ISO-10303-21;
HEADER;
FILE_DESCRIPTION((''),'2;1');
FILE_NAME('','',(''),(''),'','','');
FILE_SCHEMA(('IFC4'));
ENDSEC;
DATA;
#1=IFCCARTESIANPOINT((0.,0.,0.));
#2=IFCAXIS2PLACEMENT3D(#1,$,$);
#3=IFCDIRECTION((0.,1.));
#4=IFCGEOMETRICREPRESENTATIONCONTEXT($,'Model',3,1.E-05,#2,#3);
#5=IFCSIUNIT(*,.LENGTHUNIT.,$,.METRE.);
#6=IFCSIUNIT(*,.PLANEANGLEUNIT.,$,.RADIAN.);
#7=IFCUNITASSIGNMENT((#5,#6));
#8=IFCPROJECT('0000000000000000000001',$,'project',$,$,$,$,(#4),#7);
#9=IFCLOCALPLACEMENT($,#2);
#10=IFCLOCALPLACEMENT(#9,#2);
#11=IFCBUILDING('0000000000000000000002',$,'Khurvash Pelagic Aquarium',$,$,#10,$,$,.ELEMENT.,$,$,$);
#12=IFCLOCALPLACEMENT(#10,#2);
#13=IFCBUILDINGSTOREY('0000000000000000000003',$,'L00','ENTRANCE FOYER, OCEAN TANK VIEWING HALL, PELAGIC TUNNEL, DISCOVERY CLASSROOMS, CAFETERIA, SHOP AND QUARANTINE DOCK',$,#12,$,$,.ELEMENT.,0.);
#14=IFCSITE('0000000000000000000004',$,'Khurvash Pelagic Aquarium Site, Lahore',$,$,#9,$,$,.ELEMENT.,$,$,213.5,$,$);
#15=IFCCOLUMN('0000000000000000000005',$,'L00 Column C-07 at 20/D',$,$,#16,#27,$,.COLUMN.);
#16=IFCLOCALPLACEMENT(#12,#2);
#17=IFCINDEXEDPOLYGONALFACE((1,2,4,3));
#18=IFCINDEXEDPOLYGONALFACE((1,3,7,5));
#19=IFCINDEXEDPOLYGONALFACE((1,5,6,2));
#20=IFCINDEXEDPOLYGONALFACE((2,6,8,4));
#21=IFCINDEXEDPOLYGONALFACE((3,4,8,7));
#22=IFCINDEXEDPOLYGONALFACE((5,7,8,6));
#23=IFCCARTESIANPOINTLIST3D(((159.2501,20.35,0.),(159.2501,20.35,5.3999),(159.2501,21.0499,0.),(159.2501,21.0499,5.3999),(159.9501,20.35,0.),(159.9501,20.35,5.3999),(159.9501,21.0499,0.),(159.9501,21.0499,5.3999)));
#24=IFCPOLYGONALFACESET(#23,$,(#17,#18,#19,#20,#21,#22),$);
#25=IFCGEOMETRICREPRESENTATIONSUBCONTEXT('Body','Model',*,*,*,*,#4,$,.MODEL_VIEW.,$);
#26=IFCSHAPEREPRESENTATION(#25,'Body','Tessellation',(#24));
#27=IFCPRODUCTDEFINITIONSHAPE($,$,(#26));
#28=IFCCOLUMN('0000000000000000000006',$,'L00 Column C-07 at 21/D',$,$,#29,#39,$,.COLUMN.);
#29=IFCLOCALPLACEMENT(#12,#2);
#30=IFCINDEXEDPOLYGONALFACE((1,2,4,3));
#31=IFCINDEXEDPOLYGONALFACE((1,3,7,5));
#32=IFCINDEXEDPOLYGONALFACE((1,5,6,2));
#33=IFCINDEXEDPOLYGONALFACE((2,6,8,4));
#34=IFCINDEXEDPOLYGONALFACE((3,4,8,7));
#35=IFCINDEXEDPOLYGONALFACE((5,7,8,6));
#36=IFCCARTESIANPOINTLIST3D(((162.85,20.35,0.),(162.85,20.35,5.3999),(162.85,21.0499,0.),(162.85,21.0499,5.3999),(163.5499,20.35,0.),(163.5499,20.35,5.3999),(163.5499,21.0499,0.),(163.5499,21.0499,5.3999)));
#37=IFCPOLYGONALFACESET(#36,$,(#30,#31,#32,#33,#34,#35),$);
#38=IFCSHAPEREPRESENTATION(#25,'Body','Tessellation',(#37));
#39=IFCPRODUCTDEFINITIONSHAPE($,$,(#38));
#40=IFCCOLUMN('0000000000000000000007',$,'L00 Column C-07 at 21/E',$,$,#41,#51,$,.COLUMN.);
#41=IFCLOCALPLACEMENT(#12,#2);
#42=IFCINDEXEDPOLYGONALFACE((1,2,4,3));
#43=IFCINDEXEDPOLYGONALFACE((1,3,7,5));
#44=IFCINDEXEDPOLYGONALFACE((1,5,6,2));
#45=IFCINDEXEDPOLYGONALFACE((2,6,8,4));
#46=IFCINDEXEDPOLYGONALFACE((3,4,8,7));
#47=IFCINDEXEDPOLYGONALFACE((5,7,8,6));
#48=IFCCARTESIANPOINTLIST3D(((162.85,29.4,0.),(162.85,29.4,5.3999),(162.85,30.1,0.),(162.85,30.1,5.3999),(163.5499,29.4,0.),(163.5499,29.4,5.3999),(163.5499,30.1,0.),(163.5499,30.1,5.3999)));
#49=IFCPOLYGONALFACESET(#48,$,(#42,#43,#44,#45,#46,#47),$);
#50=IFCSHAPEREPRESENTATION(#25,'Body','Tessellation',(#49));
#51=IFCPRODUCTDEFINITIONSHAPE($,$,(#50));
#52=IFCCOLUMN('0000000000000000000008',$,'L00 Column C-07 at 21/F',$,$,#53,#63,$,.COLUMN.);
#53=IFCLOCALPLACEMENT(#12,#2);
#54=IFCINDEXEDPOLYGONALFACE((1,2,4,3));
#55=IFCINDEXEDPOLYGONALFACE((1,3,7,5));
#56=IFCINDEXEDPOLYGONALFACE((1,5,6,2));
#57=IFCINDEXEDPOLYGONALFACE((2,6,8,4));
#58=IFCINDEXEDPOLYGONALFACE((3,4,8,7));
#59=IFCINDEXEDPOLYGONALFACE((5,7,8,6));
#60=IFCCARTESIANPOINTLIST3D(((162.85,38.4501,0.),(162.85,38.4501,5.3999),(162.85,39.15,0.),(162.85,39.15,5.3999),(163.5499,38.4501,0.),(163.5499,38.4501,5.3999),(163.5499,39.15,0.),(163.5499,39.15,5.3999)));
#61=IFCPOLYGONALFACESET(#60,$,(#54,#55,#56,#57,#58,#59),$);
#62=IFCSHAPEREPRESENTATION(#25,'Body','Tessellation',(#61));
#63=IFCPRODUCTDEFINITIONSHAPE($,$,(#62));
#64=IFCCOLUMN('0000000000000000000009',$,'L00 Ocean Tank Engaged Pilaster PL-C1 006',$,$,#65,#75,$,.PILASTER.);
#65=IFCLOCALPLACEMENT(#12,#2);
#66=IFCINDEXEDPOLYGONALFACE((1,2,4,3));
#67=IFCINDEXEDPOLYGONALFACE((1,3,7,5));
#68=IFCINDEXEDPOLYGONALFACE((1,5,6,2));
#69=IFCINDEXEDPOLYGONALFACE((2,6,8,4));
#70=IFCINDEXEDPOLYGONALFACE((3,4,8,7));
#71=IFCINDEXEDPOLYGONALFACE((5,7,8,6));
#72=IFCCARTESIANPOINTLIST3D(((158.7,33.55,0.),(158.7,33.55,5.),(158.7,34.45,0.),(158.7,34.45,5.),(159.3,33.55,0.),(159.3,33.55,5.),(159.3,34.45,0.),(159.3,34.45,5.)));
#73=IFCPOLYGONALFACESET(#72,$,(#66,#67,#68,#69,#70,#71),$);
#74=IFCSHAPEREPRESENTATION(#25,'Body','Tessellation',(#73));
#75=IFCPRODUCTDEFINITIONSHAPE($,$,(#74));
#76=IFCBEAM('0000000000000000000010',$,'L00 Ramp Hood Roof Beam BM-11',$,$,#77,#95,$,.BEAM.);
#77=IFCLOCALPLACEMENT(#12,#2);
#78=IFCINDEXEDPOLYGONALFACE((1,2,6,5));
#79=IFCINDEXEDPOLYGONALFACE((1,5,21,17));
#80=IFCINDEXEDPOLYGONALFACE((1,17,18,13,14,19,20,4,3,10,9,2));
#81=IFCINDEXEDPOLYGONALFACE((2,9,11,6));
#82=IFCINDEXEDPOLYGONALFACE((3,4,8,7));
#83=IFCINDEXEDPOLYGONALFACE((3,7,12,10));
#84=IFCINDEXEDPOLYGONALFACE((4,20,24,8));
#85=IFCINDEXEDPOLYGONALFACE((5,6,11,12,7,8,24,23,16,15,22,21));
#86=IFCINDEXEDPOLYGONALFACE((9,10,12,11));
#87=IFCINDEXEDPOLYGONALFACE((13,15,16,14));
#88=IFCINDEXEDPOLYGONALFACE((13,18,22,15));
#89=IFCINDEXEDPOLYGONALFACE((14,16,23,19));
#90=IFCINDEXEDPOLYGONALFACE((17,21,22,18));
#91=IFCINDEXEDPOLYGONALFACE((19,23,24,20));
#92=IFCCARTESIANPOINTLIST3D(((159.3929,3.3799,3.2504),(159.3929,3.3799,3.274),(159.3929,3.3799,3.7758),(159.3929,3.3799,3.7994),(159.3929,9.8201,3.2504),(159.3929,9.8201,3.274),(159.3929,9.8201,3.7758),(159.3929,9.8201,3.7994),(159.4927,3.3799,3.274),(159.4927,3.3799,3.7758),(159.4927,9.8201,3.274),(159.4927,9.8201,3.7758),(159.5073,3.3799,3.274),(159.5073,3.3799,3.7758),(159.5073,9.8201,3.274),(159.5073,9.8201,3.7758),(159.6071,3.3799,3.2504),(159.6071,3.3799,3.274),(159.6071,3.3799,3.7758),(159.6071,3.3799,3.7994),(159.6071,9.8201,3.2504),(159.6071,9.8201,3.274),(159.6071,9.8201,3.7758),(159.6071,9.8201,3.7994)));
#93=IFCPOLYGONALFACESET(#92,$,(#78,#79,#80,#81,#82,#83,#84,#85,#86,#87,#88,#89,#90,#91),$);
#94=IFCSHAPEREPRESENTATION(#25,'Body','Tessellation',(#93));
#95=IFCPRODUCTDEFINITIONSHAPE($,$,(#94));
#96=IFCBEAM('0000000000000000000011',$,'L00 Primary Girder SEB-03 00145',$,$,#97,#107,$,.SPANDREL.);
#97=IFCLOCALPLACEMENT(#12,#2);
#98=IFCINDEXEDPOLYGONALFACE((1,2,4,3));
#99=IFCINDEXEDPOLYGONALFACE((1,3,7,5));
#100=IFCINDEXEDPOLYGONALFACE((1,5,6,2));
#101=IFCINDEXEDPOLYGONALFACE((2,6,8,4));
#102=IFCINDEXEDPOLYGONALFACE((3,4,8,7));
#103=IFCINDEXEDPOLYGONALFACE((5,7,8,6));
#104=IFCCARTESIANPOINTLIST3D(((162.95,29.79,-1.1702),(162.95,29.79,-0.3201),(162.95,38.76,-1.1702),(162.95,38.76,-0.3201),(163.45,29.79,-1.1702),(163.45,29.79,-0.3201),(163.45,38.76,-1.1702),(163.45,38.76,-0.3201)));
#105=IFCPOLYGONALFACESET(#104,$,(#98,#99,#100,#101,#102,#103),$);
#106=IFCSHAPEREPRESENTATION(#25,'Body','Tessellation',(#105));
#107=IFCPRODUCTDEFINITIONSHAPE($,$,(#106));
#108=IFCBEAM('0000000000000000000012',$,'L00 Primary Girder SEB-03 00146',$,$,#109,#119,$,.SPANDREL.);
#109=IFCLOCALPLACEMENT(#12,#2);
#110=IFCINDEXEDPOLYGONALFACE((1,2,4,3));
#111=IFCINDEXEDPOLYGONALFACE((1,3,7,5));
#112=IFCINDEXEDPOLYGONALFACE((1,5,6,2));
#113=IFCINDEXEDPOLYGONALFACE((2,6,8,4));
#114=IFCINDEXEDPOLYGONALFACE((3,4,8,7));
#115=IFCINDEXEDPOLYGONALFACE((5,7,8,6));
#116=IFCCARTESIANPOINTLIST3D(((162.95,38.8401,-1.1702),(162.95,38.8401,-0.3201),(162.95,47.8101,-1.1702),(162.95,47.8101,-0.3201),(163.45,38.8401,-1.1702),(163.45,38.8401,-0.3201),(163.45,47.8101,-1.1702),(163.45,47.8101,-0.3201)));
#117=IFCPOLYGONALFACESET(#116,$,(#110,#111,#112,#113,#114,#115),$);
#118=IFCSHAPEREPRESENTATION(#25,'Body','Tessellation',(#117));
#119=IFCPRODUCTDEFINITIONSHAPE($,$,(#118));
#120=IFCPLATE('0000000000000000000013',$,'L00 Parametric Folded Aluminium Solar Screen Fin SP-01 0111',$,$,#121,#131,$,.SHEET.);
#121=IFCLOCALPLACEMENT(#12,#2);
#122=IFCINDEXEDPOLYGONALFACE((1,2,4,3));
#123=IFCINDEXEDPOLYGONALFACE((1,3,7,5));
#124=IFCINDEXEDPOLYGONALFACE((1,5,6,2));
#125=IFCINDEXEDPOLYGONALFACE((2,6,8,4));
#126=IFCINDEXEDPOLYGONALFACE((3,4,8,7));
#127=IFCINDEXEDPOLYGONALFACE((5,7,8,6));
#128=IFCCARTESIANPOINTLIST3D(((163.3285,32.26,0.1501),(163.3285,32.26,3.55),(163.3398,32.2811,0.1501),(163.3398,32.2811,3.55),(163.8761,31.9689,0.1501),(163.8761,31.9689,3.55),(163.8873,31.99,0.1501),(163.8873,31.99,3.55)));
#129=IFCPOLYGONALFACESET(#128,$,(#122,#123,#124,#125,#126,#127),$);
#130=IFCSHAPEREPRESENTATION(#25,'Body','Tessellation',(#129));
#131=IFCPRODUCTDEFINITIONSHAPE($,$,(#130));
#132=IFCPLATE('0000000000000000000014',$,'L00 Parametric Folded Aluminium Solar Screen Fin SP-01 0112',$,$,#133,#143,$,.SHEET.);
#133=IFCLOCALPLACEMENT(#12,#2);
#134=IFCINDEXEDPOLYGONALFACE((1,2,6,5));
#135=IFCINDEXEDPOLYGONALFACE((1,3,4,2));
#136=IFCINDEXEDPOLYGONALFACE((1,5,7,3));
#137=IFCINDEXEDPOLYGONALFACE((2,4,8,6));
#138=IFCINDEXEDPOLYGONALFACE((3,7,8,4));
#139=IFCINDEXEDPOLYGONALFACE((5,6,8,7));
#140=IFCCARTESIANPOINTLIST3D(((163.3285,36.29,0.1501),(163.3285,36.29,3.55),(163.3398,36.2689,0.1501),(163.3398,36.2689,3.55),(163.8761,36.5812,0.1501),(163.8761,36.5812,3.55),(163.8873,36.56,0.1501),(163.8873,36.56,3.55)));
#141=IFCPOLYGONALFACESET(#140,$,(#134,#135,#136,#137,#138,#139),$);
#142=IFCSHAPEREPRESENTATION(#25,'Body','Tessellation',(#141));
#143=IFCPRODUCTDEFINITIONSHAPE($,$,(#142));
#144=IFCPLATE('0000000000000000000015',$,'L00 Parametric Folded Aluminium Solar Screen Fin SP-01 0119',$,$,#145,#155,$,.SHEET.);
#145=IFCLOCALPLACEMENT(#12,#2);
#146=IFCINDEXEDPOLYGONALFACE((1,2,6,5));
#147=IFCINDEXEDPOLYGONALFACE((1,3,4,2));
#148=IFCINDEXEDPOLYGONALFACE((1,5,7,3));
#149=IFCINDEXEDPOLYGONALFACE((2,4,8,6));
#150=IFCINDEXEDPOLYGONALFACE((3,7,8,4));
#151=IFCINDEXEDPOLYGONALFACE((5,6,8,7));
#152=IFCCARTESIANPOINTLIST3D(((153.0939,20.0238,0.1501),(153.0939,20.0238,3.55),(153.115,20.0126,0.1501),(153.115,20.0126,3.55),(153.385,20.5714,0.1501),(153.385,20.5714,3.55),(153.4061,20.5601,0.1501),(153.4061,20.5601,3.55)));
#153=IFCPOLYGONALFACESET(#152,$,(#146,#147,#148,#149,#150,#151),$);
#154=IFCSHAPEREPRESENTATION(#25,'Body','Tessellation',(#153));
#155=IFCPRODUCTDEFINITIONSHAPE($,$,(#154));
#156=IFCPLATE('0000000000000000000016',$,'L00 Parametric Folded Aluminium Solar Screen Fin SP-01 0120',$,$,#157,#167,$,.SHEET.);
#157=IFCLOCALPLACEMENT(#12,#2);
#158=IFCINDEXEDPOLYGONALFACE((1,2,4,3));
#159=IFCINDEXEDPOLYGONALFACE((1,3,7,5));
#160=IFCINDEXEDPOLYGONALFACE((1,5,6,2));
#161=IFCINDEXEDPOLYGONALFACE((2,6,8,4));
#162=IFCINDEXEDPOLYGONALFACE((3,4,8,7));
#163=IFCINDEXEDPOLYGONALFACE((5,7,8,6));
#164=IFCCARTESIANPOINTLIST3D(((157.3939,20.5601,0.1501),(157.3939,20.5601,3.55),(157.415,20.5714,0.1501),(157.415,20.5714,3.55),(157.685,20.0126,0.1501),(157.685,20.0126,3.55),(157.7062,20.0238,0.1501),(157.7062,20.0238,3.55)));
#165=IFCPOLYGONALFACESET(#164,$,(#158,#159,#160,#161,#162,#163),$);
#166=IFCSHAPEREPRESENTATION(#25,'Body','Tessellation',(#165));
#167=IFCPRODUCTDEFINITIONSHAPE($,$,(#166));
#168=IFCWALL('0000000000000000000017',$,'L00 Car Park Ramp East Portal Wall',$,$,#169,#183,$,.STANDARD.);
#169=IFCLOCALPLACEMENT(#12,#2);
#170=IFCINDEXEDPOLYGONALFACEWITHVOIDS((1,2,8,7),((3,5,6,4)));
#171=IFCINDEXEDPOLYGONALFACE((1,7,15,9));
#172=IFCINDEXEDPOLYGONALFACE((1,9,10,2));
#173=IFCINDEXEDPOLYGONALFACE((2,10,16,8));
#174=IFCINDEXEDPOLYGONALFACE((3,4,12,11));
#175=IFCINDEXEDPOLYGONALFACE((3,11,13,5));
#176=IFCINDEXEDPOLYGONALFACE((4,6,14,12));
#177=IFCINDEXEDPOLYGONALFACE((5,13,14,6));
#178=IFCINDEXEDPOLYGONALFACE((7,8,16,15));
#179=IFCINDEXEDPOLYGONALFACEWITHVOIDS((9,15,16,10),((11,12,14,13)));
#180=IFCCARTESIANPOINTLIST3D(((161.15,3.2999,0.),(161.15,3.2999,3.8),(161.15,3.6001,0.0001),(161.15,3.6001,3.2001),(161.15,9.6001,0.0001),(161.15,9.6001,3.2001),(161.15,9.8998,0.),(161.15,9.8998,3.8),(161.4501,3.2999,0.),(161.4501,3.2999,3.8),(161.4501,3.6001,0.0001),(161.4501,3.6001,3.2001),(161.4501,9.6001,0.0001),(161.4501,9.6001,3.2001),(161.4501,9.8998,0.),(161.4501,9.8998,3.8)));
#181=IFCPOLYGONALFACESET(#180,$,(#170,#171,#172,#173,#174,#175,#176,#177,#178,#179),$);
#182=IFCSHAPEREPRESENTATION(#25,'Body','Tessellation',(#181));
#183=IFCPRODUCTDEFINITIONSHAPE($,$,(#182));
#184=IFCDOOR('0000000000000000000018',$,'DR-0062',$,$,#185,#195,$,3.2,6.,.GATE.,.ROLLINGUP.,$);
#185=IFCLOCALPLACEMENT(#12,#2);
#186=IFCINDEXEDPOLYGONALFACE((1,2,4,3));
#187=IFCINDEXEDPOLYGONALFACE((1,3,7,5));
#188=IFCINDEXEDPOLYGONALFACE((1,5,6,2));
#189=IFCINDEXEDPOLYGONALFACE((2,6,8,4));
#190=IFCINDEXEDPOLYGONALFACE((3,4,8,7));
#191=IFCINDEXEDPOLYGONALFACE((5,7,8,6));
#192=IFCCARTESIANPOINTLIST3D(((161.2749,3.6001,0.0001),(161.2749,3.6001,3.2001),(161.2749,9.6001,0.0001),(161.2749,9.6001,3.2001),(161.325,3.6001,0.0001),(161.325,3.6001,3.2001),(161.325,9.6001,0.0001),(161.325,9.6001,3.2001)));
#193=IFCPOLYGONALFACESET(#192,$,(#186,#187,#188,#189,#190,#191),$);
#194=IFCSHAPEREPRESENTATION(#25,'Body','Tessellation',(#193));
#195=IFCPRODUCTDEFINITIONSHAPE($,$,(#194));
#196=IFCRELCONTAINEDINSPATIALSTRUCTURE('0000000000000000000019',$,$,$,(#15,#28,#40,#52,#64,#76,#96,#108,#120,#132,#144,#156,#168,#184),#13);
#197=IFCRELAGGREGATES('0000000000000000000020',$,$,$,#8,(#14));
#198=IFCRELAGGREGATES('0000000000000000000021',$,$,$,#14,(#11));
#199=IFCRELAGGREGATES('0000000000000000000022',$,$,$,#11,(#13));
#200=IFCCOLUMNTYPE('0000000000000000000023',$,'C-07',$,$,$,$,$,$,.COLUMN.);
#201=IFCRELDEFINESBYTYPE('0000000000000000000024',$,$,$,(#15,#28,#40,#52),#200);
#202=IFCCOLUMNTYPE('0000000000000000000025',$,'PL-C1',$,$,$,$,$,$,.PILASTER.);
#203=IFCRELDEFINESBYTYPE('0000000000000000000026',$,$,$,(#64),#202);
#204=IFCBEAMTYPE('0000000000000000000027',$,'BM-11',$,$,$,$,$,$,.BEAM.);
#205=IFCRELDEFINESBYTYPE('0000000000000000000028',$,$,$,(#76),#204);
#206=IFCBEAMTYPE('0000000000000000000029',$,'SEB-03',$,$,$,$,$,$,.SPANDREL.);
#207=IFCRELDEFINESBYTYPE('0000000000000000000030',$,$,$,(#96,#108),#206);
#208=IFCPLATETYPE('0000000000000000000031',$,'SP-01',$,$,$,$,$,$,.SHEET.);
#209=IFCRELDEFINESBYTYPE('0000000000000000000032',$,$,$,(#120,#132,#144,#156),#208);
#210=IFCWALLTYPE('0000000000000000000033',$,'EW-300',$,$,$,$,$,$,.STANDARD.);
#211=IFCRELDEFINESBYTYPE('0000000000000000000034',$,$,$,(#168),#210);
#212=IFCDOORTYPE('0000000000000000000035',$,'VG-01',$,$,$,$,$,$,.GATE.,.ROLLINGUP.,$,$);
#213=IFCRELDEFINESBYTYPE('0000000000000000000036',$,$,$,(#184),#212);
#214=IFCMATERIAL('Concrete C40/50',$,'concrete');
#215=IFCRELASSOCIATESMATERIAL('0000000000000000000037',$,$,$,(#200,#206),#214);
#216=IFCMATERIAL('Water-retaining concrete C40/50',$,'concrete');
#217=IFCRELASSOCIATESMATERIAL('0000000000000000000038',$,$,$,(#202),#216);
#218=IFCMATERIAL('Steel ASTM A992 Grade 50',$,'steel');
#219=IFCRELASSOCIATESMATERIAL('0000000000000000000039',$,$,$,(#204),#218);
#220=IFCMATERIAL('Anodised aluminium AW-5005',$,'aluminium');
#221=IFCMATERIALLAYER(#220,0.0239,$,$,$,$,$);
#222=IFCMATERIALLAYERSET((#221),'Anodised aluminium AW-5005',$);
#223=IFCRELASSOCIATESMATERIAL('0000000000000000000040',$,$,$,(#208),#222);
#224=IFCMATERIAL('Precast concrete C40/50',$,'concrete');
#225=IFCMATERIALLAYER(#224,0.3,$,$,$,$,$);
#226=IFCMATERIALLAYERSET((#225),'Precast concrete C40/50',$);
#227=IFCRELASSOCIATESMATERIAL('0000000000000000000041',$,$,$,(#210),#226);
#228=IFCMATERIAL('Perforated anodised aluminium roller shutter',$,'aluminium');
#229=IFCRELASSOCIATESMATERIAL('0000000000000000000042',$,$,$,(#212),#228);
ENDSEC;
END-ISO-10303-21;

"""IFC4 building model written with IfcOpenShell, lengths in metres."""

from ifc_helpers import new_model, si_unit, direction, frame, frame_2d, origin, origin_2d, place, context, subcontext, project, spatial, rectangle, i_section, extrude, material, layer, layer_set, material_profile, profile_set, type_object, element, fill, save


model = new_model("IFC4")

# Units and contexts
model_context = context("Model", 3, precision=1e-05, world=origin(), true_north=direction((0.0, 1.0)))
body_context = subcontext(model_context, "Body", "Model", "MODEL_VIEW")
ifc_project = project(units=[si_unit("LENGTHUNIT", "METRE"), si_unit("PLANEANGLEUNIT", "RADIAN")], contexts=[model_context])

# Site, building, storey
site_placement = place(None, origin())
site = spatial("IfcSite", under=ifc_project, at=site_placement, Name="Khurvash Pelagic Aquarium Site, Lahore", CompositionType="ELEMENT", RefElevation=213.5)
building_placement = place(site_placement, origin())
building = spatial("IfcBuilding", under=site, at=building_placement, Name="Khurvash Pelagic Aquarium", CompositionType="ELEMENT")
storey_placement = place(building_placement, origin())
storey = spatial("IfcBuildingStorey", under=building, at=storey_placement, Name="L00", Description="ENTRANCE FOYER, OCEAN TANK VIEWING HALL, PELAGIC TUNNEL, DISCOVERY CLASSROOMS, CAFETERIA, SHOP AND QUARANTINE DOCK", CompositionType="ELEMENT", Elevation=0.0)

# Columns
ifc_material_1 = material(Name="Concrete C40/50", Category="concrete")
ifc_material_profile_1 = material_profile(ifc_material_1, rectangle(XDim=0.7, YDim=0.7, at=origin_2d()), Name="RC700X700")
ifc_profile_set_1 = profile_set([ifc_material_profile_1], Name="Concrete C40/50")
column_type_1 = type_object("IfcColumnType", Name="C-07", PredefinedType="COLUMN", material=ifc_profile_set_1)
for number, where, z_axis, x_axis, name in (
    (1, (159.6001, 20.7, 0.0), (0.0, 0.0, 1.0), (1.0, 0.0, 0.0), "L00 Column C-07 at 20/D"),
    (2, (163.2, 20.7, 0.0), (0.0, 0.0, 1.0), (1.0, 0.0, 0.0), "L00 Column C-07 at 21/D"),
    (3, (163.2, 29.75, 0.0), (0.0, 0.0, 1.0), (1.0, 0.0, 0.0), "L00 Column C-07 at 21/E"),
    (4, (163.2, 38.8, 0.0), (0.0, 0.0, 1.0), (1.0, 0.0, 0.0), "L00 Column C-07 at 21/F"),
):
    element("IfcColumn", number, at=place(storey_placement, frame(where, z_axis=z_axis, x_axis=x_axis)), inside=storey, type_object=column_type_1, Name=name, PredefinedType="COLUMN", context=body_context, shape_type="SweptSolid", body=[
        extrude(rectangle(XDim=0.7, YDim=0.7, at=origin_2d()), origin(), (0.0, 0.0, 1.0), 5.3999),
    ])
ifc_material_2 = material(Name="Water-retaining concrete C40/50", Category="concrete")
ifc_material_profile_2 = material_profile(ifc_material_2, rectangle(XDim=0.6001, YDim=0.8999, at=origin_2d()), Name="RC600X900")
ifc_profile_set_2 = profile_set([ifc_material_profile_2], Name="Water-retaining concrete C40/50")
column_type_2 = type_object("IfcColumnType", Name="PL-C1", PredefinedType="PILASTER", material=ifc_profile_set_2)
column_placement = place(storey_placement, frame((159.0, 34.0, 0.0), z_axis=(0.0, 0.0, 1.0), x_axis=(1.0, 0.0, 0.0)))
element("IfcColumn", 5, at=column_placement, inside=storey, type_object=column_type_2, Name="L00 Ocean Tank Engaged Pilaster PL-C1 006", PredefinedType="PILASTER", context=body_context, shape_type="SweptSolid", body=[
    extrude(rectangle(XDim=0.6001, YDim=0.8999, at=origin_2d()), origin(), (0.0, 0.0, 1.0), 5.0),
])

# Beams
ifc_material_3 = material(Name="Steel ASTM A992 Grade 50", Category="steel")
ifc_material_profile_3 = material_profile(ifc_material_3, i_section(OverallWidth=0.2141, OverallDepth=0.5491, WebThickness=0.0146, FlangeThickness=0.0237, at=origin_2d()), Name="W21X93")
ifc_profile_set_3 = profile_set([ifc_material_profile_3], Name="Steel ASTM A992 Grade 50")
beam_type_1 = type_object("IfcBeamType", Name="BM-11", PredefinedType="BEAM", material=ifc_profile_set_3)
beam_placement = place(storey_placement, frame((159.5, 3.3799, 3.5249), z_axis=(0.0, 1.0, 0.0), x_axis=(-1.0, 0.0, 0.0)))
element("IfcBeam", 6, at=beam_placement, inside=storey, type_object=beam_type_1, Name="L00 Ramp Hood Roof Beam BM-11", PredefinedType="BEAM", context=body_context, shape_type="SweptSolid", body=[
    extrude(i_section(OverallWidth=0.2141, OverallDepth=0.5491, WebThickness=0.0146, FlangeThickness=0.0237, at=origin_2d()), origin(), (0.0, 0.0, 1.0), 6.4402),
])
ifc_material_profile_4 = material_profile(ifc_material_1, rectangle(XDim=0.5, YDim=0.8501, at=origin_2d()), Name="RC500X850")
ifc_profile_set_4 = profile_set([ifc_material_profile_4], Name="Concrete C40/50")
beam_type_2 = type_object("IfcBeamType", Name="SEB-03", PredefinedType="SPANDREL", material=ifc_profile_set_4)
for number, where, z_axis, x_axis, name in (
    (7, (163.2, 29.79, -0.7451), (0.0, 1.0, 0.0), (-1.0, 0.0, 0.0), "L00 Primary Girder SEB-03 00145"),
    (8, (163.2, 38.8401, -0.7451), (0.0, 1.0, 0.0), (-1.0, 0.0, 0.0), "L00 Primary Girder SEB-03 00146"),
):
    element("IfcBeam", number, at=place(storey_placement, frame(where, z_axis=z_axis, x_axis=x_axis)), inside=storey, type_object=beam_type_2, Name=name, PredefinedType="SPANDREL", context=body_context, shape_type="SweptSolid", body=[
        extrude(rectangle(XDim=0.5, YDim=0.8501, at=origin_2d()), origin(), (0.0, 0.0, 1.0), 8.97),
    ])

# Plates
ifc_material_4 = material(Name="Anodised aluminium AW-5005", Category="aluminium")
ifc_layer_1 = layer(ifc_material_4, 0.0239)
ifc_layer_set_1 = layer_set([ifc_layer_1], Name="Anodised aluminium AW-5005")
plate_type = type_object("IfcPlateType", Name="SP-01", PredefinedType="SHEET", material=ifc_layer_set_1)
for number, where, z_axis, x_axis, name in (
    (9, (163.6079, 32.125, 0.1501), (0.0, 0.0, 1.0), (0.882948, -0.469472, 0.0), "L00 Parametric Folded Aluminium Solar Screen Fin SP-01 0111"),
    (10, (163.6079, 36.425, 0.1501), (0.0, 0.0, 1.0), (0.882948, 0.469472, 0.0), "L00 Parametric Folded Aluminium Solar Screen Fin SP-01 0112"),
    (11, (153.25, 20.292, 0.1501), (0.0, 0.0, 1.0), (-0.469472, -0.882948, 0.0), "L00 Parametric Folded Aluminium Solar Screen Fin SP-01 0119"),
    (12, (157.55, 20.292, 0.1501), (0.0, 0.0, 1.0), (0.469472, -0.882948, 0.0), "L00 Parametric Folded Aluminium Solar Screen Fin SP-01 0120"),
):
    element("IfcPlate", number, at=place(storey_placement, frame(where, z_axis=z_axis, x_axis=x_axis)), inside=storey, type_object=plate_type, Name=name, PredefinedType="SHEET", context=body_context, shape_type="SweptSolid", body=[
        extrude(rectangle(XDim=0.6201, YDim=0.0239, at=origin_2d()), origin(), (0.0, 0.0, 1.0), 3.3999),
    ])

# Wall, opening, door
ifc_material_5 = material(Name="Precast concrete C40/50", Category="concrete")
ifc_layer_2 = layer(ifc_material_5, 0.3)
ifc_layer_set_2 = layer_set([ifc_layer_2], Name="Precast concrete C40/50")
wall_type_1 = type_object("IfcWallType", Name="EW-300", PredefinedType="STANDARD", material=ifc_layer_set_2)
wall_1_placement = place(storey_placement, frame((161.3, 3.3, 0.0), z_axis=(0.0, 0.0, 1.0), x_axis=(0.0, 1.0, 0.0)))
wall_1 = element("IfcWall", 13, at=wall_1_placement, inside=storey, type_object=wall_type_1, Name="L00 Car Park Ramp East Portal Wall", PredefinedType="STANDARD", context=body_context, shape_type="SweptSolid", body=[
    extrude(rectangle(XDim=6.5999, YDim=0.3, at=frame_2d((3.2998, 0.0))), origin(), (0.0, 0.0, 1.0), 3.8),
])
opening_1_placement = place(wall_1_placement, frame((0.3, 0.0, 0.0)))
opening_1 = element("IfcOpeningElement", 14, at=opening_1_placement, cuts=wall_1, PredefinedType="OPENING", context=body_context, shape_type="SweptSolid", body=[
    extrude(rectangle(XDim=6.0, YDim=3.2, at=frame_2d((3.0, 1.6001))), frame((0.0, 0.1602, 0.0), z_axis=(0.0, -1.0, 0.0), x_axis=(1.0, 0.0, 0.0)), (0.0, 0.0, 1.0), 0.3201),
])
ifc_material_6 = material(Name="Perforated anodised aluminium roller shutter", Category="aluminium")
door_type_1 = type_object("IfcDoorType", Name="VG-01", OperationType="ROLLINGUP", PredefinedType="GATE", material=ifc_material_6)
door_1_placement = place(opening_1_placement, frame((6.0, 0.0, 0.0), z_axis=(0.0, 0.0, 1.0), x_axis=(-1.0, 0.0, 0.0)))
door_1 = element("IfcDoor", 15, at=door_1_placement, inside=storey, type_object=door_type_1, Name="DR-0062", OperationType="ROLLINGUP", OverallHeight=3.2, OverallWidth=6.0, PredefinedType="GATE", context=body_context, shape_type="SweptSolid", body=[
    extrude(rectangle(XDim=6.0, YDim=3.2, at=frame_2d((3.0, 1.6001))), frame((0.0, 0.0249, 0.0), z_axis=(0.0, -1.0, 0.0), x_axis=(1.0, 0.0, 0.0)), (0.0, 0.0, 1.0), 0.05),
])
fill(opening_1, door_1)

save(model, "model.ifc")
